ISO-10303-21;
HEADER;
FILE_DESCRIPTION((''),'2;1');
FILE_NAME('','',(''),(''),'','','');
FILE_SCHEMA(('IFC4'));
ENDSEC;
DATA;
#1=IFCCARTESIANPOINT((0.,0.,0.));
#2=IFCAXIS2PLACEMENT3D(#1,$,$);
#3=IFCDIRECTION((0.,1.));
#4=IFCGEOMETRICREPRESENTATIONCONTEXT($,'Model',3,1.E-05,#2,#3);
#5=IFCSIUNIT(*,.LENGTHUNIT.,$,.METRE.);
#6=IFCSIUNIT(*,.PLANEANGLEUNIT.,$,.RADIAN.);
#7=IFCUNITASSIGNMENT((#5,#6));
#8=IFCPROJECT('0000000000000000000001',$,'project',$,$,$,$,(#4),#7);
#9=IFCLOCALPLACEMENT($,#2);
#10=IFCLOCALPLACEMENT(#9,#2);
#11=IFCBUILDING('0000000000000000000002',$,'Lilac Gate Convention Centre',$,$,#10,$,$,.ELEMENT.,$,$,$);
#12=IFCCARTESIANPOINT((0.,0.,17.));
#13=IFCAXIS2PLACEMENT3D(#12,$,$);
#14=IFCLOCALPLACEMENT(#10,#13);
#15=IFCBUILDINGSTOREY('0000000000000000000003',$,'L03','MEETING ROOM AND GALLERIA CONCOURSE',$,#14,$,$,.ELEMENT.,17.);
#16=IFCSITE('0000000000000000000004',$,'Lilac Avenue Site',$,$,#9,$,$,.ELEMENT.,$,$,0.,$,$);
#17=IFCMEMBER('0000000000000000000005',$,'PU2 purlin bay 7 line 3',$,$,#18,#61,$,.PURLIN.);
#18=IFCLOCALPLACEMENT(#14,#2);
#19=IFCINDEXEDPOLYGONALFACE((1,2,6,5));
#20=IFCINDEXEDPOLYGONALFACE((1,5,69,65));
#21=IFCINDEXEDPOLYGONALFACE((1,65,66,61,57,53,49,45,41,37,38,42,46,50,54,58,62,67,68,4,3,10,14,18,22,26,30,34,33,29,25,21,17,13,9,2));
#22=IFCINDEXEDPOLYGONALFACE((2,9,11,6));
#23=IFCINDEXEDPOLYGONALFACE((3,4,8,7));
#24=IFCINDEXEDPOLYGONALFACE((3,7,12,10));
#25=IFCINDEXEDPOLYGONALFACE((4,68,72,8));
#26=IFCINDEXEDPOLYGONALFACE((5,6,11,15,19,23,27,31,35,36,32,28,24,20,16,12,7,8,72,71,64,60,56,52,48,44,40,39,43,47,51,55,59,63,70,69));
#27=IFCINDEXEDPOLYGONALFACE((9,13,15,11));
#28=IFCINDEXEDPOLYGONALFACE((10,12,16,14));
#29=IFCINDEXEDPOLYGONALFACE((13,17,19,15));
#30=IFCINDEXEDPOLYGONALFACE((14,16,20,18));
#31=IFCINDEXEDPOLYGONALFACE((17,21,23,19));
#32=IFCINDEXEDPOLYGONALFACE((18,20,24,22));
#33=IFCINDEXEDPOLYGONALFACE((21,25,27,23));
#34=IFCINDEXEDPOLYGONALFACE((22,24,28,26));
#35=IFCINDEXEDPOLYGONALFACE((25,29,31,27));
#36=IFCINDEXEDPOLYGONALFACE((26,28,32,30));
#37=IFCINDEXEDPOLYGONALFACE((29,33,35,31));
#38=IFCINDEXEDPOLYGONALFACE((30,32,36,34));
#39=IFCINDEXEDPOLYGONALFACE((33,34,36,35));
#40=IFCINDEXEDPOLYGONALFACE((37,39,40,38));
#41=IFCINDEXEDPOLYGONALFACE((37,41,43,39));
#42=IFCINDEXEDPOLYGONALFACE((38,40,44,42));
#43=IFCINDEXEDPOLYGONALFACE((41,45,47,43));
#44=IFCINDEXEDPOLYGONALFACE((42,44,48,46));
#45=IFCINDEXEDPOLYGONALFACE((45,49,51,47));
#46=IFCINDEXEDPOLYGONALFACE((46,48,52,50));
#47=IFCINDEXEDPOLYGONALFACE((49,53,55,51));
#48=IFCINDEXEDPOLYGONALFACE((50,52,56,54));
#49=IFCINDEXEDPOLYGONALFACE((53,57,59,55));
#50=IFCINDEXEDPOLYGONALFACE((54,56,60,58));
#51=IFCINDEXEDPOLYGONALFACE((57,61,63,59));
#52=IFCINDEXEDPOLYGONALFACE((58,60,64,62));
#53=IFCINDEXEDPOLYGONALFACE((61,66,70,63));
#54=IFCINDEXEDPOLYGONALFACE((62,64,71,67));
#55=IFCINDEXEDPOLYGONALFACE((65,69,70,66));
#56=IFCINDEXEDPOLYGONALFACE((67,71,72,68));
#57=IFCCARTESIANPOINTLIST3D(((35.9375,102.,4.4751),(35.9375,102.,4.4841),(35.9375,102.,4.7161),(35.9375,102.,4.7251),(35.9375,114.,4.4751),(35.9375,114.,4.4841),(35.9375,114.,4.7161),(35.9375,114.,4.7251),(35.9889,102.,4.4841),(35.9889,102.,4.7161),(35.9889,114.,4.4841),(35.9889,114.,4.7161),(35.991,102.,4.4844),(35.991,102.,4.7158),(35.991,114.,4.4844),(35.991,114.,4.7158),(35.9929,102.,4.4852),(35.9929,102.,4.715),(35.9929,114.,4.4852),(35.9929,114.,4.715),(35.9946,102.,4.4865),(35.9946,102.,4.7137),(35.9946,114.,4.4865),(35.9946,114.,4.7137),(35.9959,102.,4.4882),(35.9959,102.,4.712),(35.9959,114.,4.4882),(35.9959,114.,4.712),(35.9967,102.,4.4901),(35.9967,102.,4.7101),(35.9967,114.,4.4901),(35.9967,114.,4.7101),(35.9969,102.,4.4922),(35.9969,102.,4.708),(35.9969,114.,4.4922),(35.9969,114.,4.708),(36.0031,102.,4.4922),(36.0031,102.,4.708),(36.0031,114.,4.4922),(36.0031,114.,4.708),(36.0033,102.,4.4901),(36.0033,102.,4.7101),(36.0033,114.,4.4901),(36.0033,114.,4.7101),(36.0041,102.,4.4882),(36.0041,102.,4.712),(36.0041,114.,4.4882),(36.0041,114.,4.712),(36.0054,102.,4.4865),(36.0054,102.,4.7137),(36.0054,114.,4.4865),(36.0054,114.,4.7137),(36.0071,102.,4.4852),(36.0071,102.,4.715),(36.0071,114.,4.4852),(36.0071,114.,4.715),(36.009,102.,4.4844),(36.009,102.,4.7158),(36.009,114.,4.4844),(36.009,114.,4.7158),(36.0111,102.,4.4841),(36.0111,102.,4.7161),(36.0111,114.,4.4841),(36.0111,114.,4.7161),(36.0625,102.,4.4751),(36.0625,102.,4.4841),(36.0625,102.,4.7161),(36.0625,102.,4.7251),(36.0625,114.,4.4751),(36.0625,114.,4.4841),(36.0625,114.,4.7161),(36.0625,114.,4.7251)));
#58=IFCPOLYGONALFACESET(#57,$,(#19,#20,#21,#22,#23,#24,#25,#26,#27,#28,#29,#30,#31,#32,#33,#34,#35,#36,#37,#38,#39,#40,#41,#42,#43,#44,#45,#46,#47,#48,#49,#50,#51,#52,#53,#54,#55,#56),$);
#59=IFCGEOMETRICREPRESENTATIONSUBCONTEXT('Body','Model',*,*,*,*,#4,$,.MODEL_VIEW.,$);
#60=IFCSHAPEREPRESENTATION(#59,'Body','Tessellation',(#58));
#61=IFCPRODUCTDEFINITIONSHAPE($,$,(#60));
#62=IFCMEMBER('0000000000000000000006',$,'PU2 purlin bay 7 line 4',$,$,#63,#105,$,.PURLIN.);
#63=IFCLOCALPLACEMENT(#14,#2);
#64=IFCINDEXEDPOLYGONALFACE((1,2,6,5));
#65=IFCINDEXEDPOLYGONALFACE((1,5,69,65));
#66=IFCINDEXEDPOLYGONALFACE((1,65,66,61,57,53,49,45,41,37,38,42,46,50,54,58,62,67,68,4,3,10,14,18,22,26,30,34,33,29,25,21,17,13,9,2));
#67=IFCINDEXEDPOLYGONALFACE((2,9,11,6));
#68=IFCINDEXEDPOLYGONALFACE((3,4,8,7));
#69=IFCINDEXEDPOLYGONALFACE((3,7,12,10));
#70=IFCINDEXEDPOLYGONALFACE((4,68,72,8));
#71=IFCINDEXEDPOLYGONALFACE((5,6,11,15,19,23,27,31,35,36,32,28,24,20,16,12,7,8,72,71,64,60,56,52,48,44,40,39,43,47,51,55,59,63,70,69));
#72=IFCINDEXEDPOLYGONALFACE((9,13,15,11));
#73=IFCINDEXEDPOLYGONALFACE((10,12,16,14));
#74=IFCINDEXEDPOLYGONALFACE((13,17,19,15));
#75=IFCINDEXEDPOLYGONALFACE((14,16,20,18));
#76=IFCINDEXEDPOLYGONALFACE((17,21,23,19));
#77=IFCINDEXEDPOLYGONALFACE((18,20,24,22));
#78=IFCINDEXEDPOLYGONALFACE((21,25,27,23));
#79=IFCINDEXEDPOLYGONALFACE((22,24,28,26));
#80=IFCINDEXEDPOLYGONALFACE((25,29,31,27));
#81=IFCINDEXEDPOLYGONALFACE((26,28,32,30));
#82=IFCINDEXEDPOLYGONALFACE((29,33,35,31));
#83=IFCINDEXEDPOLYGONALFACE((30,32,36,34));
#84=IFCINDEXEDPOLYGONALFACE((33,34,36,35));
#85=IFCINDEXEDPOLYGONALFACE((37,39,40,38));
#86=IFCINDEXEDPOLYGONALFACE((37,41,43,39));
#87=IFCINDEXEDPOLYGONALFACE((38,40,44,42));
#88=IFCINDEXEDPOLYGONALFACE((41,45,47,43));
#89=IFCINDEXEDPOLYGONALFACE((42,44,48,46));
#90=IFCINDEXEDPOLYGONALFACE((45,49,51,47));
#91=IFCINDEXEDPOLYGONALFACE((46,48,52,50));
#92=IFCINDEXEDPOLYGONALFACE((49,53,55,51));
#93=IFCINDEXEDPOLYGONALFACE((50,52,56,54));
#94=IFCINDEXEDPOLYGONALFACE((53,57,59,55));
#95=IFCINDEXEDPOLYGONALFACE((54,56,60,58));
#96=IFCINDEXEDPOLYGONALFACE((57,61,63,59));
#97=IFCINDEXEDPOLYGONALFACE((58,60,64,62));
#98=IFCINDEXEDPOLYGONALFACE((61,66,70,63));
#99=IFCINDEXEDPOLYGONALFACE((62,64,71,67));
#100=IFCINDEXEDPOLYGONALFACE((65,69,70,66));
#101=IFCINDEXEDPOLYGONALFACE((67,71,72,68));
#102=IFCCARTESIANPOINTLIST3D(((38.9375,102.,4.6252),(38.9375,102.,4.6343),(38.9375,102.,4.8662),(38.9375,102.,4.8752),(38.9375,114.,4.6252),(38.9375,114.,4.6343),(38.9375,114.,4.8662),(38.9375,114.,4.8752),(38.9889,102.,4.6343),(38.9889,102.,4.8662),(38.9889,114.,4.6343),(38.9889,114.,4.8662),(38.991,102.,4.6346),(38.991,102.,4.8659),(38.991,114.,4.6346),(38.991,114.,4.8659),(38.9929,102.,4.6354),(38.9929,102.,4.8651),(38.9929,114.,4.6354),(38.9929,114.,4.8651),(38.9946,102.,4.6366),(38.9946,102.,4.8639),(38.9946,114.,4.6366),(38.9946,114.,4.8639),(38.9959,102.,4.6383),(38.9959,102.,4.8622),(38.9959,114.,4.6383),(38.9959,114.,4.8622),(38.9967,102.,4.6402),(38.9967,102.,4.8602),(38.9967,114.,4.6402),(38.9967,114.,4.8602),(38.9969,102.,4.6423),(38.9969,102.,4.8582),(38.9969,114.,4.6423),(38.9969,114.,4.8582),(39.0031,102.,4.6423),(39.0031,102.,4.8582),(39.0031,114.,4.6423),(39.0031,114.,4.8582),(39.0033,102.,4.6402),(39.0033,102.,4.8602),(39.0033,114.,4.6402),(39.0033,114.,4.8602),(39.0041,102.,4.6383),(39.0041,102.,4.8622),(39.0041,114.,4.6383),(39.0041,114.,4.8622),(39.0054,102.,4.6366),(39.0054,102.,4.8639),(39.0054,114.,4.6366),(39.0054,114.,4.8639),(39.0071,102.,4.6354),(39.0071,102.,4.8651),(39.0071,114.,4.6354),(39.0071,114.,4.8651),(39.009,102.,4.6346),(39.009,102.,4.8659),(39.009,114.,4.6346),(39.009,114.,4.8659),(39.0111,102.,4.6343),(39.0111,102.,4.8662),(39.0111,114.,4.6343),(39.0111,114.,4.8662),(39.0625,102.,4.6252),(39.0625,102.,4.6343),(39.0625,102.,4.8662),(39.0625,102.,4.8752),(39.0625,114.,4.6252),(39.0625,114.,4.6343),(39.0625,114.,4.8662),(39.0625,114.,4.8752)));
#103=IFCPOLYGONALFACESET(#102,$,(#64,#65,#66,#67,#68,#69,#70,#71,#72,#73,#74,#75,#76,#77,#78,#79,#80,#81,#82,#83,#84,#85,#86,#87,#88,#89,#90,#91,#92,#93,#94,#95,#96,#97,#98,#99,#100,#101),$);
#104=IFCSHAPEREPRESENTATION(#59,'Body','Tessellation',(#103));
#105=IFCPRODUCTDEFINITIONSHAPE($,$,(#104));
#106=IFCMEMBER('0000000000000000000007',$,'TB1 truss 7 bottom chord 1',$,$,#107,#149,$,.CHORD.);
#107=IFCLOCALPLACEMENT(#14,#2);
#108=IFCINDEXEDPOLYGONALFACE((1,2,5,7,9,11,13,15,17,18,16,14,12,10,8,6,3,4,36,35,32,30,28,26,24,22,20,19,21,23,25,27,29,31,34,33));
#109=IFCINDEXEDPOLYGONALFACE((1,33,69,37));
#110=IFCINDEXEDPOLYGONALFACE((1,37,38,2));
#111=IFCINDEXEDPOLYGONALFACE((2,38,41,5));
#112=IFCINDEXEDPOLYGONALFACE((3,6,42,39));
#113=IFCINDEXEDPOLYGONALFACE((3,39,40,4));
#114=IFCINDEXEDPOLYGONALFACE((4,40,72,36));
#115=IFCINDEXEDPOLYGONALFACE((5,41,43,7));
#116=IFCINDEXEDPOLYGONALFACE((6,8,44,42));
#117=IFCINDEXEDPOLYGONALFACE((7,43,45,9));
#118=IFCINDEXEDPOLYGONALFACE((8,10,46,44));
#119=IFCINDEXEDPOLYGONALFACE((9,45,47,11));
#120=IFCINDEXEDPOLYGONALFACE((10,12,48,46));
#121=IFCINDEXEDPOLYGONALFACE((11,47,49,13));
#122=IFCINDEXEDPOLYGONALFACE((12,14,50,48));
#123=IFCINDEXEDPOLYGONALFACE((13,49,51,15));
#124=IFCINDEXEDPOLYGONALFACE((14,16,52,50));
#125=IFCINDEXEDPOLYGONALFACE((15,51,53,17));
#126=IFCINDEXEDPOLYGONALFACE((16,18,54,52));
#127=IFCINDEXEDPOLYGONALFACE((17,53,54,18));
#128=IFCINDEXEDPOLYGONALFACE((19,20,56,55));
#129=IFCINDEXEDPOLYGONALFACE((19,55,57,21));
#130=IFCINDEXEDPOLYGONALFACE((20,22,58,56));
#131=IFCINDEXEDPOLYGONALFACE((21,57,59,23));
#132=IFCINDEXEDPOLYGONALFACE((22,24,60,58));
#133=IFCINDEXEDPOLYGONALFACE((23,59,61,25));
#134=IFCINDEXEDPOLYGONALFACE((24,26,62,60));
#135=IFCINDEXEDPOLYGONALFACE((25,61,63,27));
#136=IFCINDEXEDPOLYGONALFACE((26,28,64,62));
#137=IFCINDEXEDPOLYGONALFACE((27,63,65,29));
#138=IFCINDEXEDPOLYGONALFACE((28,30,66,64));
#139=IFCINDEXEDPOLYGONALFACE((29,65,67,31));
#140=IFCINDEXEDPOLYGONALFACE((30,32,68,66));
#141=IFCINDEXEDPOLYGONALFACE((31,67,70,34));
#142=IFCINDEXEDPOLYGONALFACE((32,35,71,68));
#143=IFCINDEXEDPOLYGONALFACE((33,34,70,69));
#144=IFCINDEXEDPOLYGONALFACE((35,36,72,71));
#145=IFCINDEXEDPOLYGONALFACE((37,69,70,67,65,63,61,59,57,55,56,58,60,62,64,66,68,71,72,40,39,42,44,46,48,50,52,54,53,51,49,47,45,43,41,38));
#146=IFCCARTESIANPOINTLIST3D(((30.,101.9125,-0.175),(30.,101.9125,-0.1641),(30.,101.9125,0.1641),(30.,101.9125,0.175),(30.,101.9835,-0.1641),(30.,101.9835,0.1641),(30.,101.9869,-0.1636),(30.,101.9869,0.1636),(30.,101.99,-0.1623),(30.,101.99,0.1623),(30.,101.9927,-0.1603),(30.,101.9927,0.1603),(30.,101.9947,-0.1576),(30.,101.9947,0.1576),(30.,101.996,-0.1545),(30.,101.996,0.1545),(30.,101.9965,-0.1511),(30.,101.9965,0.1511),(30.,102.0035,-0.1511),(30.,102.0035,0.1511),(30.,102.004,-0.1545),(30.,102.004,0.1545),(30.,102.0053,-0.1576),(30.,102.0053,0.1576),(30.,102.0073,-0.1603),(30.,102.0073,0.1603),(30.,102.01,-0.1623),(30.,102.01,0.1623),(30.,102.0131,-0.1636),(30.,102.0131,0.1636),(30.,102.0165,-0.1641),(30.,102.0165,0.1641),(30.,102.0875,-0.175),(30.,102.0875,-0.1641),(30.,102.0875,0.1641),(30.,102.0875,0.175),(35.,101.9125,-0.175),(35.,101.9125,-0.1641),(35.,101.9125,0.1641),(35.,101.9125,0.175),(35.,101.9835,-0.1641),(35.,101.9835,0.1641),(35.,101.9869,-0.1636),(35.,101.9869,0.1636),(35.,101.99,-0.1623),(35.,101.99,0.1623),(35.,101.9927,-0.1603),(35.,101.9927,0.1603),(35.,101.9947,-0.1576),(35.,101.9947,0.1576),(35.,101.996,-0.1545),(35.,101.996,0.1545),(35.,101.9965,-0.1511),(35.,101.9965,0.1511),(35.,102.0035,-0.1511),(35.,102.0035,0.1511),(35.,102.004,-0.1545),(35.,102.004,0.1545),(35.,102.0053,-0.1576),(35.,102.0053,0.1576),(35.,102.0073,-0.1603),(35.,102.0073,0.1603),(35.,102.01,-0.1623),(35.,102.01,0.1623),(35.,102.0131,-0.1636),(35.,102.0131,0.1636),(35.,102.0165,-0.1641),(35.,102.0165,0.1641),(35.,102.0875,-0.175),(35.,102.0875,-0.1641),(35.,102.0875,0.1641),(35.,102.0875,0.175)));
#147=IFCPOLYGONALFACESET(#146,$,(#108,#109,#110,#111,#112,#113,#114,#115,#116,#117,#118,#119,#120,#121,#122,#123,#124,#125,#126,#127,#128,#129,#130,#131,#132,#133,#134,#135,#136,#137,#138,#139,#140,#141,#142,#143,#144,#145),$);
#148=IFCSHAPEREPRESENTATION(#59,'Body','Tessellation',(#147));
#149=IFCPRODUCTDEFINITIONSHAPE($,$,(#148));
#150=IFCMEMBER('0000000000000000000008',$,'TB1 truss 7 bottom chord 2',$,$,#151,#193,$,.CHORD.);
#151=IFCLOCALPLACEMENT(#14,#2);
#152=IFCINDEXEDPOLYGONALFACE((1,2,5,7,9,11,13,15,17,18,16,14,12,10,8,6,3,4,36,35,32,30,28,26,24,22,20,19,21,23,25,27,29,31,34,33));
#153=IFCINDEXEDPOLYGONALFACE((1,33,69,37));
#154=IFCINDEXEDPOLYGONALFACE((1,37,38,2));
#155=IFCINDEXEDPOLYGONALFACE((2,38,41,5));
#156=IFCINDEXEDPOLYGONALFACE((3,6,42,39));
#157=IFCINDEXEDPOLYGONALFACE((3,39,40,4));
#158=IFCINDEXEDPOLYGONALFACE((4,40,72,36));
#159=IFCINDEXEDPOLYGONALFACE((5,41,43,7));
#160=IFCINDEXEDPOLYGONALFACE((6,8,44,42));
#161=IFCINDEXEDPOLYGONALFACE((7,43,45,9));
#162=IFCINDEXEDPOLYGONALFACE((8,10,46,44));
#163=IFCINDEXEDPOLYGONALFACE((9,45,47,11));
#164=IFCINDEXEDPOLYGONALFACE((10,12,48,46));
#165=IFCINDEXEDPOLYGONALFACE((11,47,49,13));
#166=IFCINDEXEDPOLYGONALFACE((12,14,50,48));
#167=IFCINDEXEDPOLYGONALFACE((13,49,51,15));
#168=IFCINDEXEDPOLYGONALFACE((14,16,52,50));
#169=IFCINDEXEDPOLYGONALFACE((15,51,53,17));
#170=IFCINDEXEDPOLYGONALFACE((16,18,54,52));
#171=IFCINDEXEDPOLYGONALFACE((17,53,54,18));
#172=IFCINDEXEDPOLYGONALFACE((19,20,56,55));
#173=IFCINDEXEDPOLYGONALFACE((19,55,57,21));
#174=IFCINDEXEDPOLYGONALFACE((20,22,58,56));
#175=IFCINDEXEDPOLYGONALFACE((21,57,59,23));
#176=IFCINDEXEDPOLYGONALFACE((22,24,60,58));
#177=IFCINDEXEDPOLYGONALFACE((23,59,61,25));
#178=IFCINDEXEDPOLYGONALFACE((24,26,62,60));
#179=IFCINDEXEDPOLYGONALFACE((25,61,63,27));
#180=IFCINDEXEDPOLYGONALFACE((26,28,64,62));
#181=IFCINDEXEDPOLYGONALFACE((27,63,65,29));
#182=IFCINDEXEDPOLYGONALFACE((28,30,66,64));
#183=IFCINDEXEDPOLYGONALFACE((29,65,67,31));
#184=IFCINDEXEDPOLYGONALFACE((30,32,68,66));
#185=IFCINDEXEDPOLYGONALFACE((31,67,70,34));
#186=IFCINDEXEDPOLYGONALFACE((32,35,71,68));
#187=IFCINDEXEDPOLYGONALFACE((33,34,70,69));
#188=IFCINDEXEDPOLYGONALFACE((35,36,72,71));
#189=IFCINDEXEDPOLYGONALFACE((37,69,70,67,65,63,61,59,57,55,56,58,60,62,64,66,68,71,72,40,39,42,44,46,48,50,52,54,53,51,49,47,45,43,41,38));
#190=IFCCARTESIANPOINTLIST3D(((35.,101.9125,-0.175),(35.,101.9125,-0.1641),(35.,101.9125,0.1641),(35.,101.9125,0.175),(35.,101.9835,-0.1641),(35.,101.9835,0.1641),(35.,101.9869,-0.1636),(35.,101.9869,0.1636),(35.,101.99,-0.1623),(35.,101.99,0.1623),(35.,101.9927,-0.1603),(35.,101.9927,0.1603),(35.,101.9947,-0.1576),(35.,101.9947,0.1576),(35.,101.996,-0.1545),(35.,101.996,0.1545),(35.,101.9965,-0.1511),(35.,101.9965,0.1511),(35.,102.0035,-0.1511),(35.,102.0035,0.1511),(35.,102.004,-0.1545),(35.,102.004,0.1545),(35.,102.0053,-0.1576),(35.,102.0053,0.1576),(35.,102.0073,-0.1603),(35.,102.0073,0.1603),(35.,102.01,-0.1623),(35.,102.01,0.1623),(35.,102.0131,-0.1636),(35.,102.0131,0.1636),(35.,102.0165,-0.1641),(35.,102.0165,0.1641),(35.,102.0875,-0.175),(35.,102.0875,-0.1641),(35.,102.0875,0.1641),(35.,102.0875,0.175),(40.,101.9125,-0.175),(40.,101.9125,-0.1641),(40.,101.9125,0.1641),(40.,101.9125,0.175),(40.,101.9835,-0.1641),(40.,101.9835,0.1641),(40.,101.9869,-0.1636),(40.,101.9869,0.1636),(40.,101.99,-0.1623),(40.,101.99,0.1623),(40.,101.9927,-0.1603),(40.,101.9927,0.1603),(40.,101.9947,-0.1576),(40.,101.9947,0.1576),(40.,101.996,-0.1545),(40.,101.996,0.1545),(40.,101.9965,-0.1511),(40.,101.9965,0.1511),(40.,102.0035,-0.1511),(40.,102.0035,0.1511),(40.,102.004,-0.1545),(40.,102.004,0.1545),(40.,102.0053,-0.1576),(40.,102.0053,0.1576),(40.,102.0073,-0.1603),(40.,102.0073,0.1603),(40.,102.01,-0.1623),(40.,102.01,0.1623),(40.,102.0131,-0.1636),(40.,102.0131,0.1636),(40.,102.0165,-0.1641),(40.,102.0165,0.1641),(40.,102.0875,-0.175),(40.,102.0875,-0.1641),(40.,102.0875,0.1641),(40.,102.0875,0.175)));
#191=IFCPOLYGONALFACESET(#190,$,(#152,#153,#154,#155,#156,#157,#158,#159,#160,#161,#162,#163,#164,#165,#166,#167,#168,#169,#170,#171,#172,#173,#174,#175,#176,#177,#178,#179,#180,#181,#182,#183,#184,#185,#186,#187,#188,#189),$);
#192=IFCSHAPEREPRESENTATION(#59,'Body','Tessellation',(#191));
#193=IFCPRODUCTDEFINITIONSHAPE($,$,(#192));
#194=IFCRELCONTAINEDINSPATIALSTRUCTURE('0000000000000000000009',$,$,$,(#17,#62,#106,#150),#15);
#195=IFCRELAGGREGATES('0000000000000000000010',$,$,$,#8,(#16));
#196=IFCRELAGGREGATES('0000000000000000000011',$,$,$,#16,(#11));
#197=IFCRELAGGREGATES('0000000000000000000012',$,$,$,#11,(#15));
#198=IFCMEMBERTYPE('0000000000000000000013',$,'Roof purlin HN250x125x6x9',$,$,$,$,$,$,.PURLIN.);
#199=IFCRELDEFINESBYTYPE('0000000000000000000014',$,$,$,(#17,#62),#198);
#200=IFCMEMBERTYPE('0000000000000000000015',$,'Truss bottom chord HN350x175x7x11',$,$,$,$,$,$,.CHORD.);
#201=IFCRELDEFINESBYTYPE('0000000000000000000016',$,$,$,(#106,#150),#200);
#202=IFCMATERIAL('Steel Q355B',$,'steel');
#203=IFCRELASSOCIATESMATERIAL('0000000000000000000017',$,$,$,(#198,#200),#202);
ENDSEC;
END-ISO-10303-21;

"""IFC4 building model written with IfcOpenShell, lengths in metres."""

from ifc_helpers import new_model, si_unit, direction, frame, origin, origin_2d, place, context, subcontext, project, spatial, i_section, extrude, material, material_profile, profile_set, type_object, element, save


model = new_model("IFC4")

# Units and contexts
model_context = context("Model", 3, precision=1e-05, world=origin(), true_north=direction((0.0, 1.0)))
body_context = subcontext(model_context, "Body", "Model", "MODEL_VIEW")
ifc_project = project(units=[si_unit("LENGTHUNIT", "METRE"), si_unit("PLANEANGLEUNIT", "RADIAN")], contexts=[model_context])

# Site, building, storey
site_placement = place(None, origin())
site = spatial("IfcSite", under=ifc_project, at=site_placement, Name="Lilac Avenue Site", CompositionType="ELEMENT", RefElevation=0.0)
building_placement = place(site_placement, origin())
building = spatial("IfcBuilding", under=site, at=building_placement, Name="Lilac Gate Convention Centre", CompositionType="ELEMENT")
storey_placement = place(building_placement, frame((0.0, 0.0, 17.0)))
storey = spatial("IfcBuildingStorey", under=building, at=storey_placement, Name="L03", Description="MEETING ROOM AND GALLERIA CONCOURSE", CompositionType="ELEMENT", Elevation=17.0)

# Members
ifc_material = material(Name="Steel Q355B", Category="steel")
ifc_material_profile_1 = material_profile(ifc_material, i_section(OverallWidth=0.125, OverallDepth=0.25, WebThickness=0.0061, FlangeThickness=0.009, FilletRadius=0.0081, at=origin_2d()), Name="HN250x125x6x9")
ifc_profile_set_1 = profile_set([ifc_material_profile_1], Name="Steel Q355B")
member_type_1 = type_object("IfcMemberType", Name="Roof purlin HN250x125x6x9", PredefinedType="PURLIN", material=ifc_profile_set_1)
for number, where, z_axis, x_axis, name in (
    (1, (36.0, 102.0, 4.6001), (0.0, 1.0, 0.0), (-1.0, 0.0, 0.0), "PU2 purlin bay 7 line 3"),
    (2, (39.0, 102.0, 4.7502), (0.0, 1.0, 0.0), (-1.0, 0.0, 0.0), "PU2 purlin bay 7 line 4"),
):
    element("IfcMember", number, at=place(storey_placement, frame(where, z_axis=z_axis, x_axis=x_axis)), inside=storey, type_object=member_type_1, Name=name, PredefinedType="PURLIN", context=body_context, shape_type="SweptSolid", body=[
        extrude(i_section(OverallWidth=0.125, OverallDepth=0.25, WebThickness=0.0061, FlangeThickness=0.009, FilletRadius=0.0081, at=origin_2d()), origin(), (0.0, 0.0, 1.0), 12.0),
    ])
ifc_material_profile_2 = material_profile(ifc_material, i_section(OverallWidth=0.175, OverallDepth=0.3501, WebThickness=0.0071, FlangeThickness=0.011, FilletRadius=0.0129, at=origin_2d()), Name="HN350x175x7x11")
ifc_profile_set_2 = profile_set([ifc_material_profile_2], Name="Steel Q355B")
member_type_2 = type_object("IfcMemberType", Name="Truss bottom chord HN350x175x7x11", PredefinedType="CHORD", material=ifc_profile_set_2)
for number, where, z_axis, x_axis, name in (
    (3, (30.0, 102.0, 0.0), (1.0, 0.0, 0.0), (0.0, 1.0, 0.0), "TB1 truss 7 bottom chord 1"),
    (4, (35.0, 102.0, 0.0), (1.0, 0.0, 0.0), (0.0, 1.0, 0.0), "TB1 truss 7 bottom chord 2"),
):
    element("IfcMember", number, at=place(storey_placement, frame(where, z_axis=z_axis, x_axis=x_axis)), inside=storey, type_object=member_type_2, Name=name, PredefinedType="CHORD", context=body_context, shape_type="SweptSolid", body=[
        extrude(i_section(OverallWidth=0.175, OverallDepth=0.3501, WebThickness=0.0071, FlangeThickness=0.011, FilletRadius=0.0129, at=origin_2d()), origin(), (0.0, 0.0, 1.0), 5.0),
    ])

save(model, "model.ifc")
